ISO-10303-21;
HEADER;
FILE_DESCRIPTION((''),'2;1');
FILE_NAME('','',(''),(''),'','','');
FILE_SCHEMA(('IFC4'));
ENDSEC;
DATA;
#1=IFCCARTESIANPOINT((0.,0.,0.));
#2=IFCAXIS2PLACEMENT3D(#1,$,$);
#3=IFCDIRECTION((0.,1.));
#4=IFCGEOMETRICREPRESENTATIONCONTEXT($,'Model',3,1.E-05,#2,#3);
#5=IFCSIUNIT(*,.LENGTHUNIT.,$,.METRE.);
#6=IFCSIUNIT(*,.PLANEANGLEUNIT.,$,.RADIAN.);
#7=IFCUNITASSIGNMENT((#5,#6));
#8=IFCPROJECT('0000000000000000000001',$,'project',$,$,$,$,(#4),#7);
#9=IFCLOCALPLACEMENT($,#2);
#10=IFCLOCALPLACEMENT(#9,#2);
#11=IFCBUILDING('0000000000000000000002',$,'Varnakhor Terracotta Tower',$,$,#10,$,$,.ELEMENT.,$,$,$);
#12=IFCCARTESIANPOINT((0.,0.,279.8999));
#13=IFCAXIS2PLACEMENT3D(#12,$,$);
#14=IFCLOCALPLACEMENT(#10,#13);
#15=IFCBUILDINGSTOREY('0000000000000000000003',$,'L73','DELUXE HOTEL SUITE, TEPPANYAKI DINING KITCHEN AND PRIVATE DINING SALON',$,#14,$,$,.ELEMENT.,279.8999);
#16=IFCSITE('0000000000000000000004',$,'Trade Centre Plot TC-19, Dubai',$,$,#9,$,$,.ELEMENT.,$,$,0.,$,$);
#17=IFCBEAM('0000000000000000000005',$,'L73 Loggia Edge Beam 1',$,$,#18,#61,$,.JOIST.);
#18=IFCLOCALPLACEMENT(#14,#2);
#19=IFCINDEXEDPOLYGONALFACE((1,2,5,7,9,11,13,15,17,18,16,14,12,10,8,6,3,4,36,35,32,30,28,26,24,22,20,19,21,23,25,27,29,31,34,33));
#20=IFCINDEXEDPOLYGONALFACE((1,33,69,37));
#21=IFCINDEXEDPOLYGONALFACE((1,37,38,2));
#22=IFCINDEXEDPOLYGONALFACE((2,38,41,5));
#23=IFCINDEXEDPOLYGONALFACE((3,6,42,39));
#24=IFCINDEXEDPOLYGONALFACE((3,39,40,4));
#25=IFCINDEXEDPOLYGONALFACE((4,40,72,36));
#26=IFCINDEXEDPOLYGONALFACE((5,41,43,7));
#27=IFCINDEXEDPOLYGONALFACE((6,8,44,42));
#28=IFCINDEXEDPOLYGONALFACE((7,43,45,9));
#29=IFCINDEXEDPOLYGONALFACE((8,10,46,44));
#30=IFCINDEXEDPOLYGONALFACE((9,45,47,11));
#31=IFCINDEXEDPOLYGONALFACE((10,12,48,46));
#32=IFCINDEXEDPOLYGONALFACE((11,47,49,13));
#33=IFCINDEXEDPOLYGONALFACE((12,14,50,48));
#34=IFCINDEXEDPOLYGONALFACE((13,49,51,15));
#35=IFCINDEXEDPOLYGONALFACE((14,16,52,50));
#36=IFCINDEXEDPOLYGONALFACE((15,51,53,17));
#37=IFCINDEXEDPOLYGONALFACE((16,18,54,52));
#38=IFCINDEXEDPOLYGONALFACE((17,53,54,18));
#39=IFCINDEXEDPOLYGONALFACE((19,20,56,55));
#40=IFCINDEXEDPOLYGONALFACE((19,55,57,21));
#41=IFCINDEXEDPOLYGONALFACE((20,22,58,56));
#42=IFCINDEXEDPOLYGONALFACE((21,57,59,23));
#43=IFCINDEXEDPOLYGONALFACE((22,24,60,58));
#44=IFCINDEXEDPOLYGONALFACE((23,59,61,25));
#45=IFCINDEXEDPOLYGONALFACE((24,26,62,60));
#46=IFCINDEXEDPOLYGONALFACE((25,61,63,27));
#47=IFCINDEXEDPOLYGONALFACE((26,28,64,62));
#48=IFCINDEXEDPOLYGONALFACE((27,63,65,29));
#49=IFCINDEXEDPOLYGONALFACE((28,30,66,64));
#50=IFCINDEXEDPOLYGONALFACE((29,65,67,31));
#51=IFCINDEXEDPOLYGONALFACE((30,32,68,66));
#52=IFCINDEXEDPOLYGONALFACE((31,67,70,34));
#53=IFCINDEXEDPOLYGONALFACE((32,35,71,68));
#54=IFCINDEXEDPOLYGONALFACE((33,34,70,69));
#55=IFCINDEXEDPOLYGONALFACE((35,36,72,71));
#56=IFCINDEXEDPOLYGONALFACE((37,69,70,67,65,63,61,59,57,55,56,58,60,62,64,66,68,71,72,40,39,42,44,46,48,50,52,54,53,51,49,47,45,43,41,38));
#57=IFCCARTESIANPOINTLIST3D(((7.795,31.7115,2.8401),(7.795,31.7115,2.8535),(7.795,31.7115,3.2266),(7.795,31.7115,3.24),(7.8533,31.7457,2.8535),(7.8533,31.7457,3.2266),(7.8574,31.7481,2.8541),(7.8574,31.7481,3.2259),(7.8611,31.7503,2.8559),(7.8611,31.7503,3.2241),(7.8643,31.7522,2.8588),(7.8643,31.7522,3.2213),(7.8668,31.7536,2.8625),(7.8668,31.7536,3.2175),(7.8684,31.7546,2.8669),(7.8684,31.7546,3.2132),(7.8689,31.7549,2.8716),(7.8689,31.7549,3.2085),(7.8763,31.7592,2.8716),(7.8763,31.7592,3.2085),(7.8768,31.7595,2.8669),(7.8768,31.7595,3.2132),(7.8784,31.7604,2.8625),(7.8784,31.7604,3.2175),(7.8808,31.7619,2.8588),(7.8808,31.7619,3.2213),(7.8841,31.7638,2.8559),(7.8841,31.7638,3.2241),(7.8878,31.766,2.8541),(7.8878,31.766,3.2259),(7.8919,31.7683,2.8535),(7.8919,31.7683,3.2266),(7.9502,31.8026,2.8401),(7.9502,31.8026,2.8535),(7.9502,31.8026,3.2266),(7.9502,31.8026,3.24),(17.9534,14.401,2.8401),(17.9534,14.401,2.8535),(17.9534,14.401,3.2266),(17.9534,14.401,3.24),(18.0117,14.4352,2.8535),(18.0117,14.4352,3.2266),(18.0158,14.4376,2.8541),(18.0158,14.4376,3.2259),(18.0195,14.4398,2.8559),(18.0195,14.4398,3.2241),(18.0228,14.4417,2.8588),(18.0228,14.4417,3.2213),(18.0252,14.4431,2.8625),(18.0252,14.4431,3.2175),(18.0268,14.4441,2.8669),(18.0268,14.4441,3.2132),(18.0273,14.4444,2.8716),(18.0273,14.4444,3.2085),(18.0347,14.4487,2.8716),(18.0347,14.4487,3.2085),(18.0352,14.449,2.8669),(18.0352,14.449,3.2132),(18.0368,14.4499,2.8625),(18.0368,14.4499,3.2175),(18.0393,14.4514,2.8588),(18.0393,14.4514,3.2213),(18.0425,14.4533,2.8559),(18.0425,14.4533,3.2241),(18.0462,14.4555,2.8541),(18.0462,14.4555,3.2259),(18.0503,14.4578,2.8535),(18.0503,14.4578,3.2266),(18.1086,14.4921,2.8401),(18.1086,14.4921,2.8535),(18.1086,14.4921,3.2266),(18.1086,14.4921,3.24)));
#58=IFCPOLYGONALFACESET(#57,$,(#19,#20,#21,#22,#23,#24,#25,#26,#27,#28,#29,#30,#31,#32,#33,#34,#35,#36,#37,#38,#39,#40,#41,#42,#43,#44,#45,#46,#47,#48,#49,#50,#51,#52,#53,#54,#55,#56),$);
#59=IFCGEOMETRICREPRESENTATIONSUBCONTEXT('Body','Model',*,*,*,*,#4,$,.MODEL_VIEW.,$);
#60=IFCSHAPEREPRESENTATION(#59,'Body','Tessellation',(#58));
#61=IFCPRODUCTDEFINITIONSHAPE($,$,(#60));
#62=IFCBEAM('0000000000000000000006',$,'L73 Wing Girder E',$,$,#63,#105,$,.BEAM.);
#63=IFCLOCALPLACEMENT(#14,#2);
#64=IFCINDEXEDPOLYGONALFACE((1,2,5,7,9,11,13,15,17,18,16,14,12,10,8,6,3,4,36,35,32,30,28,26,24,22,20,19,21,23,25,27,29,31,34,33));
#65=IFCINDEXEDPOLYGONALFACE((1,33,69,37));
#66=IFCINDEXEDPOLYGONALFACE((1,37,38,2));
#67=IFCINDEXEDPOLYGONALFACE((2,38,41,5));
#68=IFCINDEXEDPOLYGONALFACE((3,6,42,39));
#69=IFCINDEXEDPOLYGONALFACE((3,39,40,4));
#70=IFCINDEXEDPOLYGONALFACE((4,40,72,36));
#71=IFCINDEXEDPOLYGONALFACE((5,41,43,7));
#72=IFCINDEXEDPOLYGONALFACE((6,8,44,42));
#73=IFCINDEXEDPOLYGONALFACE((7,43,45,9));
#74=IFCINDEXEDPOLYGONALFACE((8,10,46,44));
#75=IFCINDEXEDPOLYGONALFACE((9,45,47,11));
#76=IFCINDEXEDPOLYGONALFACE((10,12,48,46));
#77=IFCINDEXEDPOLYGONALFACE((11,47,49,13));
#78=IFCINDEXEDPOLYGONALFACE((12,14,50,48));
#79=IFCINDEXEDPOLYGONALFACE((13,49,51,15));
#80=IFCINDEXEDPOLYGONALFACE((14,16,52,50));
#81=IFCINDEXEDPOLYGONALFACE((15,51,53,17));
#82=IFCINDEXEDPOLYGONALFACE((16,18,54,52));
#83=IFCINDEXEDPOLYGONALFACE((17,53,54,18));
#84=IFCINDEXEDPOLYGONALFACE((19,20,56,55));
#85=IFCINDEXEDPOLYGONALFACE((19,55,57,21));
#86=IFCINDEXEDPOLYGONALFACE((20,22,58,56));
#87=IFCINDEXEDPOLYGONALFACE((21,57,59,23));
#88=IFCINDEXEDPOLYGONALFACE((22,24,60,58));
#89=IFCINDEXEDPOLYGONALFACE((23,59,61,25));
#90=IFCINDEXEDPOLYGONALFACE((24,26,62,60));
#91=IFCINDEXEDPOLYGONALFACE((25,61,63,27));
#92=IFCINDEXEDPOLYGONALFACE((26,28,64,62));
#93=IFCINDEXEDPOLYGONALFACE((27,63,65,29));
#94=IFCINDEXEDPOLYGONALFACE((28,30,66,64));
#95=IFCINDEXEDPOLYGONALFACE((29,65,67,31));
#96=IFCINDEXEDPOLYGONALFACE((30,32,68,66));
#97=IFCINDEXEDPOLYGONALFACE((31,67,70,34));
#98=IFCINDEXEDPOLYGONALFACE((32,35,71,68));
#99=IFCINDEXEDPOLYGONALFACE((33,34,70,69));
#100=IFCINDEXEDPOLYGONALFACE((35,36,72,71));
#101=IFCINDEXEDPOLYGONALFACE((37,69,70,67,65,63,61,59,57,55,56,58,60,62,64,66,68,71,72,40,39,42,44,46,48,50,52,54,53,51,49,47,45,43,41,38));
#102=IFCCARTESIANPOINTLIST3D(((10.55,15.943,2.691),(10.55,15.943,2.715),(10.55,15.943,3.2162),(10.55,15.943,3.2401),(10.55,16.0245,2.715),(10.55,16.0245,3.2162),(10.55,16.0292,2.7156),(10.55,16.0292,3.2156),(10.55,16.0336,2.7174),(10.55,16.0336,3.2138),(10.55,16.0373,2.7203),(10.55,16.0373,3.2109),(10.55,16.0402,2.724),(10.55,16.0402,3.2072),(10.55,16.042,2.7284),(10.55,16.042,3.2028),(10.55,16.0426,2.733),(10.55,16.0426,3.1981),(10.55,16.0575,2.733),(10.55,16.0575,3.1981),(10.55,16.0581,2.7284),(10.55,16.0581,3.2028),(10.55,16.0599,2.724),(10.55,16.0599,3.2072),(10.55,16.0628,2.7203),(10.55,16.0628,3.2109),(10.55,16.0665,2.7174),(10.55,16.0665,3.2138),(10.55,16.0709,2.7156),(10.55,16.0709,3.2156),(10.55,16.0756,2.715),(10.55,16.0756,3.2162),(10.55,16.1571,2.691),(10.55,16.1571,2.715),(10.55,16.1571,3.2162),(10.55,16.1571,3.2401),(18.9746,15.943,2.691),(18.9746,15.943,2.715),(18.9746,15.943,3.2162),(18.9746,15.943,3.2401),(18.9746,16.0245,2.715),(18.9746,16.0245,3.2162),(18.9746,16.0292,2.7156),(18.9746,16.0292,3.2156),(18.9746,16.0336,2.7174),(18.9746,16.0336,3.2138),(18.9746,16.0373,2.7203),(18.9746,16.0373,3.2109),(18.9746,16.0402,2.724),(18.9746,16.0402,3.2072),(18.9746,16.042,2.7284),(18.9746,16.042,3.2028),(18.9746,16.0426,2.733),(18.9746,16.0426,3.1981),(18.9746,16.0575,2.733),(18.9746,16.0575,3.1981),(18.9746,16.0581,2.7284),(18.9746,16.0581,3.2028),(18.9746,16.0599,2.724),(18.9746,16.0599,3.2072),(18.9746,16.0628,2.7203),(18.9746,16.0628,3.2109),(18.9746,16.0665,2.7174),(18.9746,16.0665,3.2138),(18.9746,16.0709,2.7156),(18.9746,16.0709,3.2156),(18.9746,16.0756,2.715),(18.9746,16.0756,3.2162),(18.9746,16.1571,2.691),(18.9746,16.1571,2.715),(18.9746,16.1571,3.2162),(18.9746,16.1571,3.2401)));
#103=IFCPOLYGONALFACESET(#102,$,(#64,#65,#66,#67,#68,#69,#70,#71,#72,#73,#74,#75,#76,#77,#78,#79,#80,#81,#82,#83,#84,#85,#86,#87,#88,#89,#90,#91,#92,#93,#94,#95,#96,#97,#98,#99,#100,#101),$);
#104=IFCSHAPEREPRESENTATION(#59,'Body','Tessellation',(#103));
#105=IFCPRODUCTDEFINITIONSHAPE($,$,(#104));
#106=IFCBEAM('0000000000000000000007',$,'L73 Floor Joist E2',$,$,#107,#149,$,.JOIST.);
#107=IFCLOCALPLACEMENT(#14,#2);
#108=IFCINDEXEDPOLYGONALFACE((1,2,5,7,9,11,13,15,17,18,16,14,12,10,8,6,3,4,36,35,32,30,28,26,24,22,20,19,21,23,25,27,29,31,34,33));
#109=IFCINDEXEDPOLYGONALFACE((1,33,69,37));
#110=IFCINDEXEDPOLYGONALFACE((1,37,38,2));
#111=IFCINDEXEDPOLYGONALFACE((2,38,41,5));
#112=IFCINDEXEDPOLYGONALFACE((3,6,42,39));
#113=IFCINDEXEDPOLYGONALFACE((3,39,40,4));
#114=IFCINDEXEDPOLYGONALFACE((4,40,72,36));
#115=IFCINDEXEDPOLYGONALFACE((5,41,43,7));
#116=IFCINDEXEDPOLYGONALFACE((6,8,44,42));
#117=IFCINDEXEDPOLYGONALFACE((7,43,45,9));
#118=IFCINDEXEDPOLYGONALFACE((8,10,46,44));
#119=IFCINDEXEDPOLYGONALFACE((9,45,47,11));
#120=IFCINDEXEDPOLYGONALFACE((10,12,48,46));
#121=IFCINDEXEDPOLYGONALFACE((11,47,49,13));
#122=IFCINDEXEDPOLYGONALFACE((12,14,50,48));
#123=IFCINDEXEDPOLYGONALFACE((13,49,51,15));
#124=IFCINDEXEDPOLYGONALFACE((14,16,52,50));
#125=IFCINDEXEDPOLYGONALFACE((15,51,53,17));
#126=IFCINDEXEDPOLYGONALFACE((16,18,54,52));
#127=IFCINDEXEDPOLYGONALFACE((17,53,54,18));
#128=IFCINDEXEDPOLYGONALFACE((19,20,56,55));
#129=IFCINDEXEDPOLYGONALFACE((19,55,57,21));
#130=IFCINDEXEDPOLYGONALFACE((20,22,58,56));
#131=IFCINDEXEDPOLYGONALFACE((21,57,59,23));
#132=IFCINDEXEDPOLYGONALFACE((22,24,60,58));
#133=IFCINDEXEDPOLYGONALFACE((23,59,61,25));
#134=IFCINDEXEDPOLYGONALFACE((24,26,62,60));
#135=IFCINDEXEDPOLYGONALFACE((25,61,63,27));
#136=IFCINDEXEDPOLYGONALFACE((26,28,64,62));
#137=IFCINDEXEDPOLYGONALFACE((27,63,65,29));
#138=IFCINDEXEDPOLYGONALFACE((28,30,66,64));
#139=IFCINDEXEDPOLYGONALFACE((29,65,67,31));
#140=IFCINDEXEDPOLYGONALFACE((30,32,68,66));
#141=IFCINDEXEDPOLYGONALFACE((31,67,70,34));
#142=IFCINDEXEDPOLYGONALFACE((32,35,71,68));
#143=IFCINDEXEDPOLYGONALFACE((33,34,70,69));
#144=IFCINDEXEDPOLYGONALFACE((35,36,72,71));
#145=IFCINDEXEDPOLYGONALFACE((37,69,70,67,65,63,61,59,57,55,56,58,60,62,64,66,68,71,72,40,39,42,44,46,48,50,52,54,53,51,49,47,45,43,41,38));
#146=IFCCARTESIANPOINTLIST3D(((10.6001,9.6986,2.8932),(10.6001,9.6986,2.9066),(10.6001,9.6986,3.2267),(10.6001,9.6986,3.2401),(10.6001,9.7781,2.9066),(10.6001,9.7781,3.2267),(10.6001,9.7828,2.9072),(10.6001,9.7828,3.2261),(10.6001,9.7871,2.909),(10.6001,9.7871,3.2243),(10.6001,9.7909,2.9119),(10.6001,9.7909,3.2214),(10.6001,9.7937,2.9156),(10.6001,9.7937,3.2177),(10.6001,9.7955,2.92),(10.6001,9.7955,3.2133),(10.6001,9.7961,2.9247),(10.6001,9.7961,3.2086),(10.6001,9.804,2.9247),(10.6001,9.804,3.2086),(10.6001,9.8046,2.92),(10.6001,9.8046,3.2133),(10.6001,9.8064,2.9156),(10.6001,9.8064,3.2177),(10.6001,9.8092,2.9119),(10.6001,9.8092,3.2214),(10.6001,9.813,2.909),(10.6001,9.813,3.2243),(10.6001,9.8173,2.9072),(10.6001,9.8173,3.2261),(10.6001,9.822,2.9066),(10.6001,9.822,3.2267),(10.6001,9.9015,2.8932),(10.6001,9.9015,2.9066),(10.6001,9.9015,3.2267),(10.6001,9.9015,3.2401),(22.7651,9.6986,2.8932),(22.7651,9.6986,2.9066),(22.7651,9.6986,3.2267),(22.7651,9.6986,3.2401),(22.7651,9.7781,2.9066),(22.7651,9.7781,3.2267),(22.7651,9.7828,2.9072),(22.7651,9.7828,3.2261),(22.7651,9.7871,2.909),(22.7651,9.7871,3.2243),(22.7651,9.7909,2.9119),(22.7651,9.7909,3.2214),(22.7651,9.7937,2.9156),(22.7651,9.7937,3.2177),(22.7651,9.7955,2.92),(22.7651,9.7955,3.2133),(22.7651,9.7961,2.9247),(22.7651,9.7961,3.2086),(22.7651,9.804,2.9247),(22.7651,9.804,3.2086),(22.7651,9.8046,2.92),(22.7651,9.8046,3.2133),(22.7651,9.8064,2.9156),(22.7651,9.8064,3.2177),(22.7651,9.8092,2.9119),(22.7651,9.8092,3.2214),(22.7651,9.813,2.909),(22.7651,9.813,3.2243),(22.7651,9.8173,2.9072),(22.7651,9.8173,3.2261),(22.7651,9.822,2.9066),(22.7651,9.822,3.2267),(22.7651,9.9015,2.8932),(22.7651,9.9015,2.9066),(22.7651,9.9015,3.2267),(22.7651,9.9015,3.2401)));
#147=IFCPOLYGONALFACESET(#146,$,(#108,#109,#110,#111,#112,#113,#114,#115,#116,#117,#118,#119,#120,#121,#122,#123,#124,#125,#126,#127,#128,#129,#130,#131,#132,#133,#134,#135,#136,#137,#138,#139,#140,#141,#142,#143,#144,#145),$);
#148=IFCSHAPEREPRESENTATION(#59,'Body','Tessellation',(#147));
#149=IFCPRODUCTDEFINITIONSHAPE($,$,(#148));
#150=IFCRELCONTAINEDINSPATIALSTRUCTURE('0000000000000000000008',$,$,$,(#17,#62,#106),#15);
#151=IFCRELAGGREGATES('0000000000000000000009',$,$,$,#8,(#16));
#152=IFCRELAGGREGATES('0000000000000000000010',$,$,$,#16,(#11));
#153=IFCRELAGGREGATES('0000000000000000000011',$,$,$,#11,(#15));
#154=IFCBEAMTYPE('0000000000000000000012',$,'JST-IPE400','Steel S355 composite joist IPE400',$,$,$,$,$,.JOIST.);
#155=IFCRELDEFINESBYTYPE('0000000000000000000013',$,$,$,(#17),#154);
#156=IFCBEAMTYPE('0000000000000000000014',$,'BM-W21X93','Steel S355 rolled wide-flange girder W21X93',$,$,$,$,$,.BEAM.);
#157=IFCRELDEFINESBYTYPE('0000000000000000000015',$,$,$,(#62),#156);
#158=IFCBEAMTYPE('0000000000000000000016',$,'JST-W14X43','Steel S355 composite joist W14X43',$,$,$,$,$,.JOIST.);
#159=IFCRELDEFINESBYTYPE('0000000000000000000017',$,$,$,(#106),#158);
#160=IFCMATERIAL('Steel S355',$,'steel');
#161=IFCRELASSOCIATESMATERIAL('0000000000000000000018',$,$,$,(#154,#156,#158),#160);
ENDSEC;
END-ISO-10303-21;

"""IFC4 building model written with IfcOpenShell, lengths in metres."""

from ifc_helpers import new_model, si_unit, direction, frame, origin, origin_2d, place, context, subcontext, project, spatial, i_section, extrude, source, transform, mapped, material, material_profile, profile_set, type_object, element, save


model = new_model("IFC4")

# Units and contexts
model_context = context("Model", 3, precision=1e-05, world=origin(), true_north=direction((0.0, 1.0)))
body_context = subcontext(model_context, "Body", "Model", "MODEL_VIEW")
ifc_project = project(units=[si_unit("LENGTHUNIT", "METRE"), si_unit("PLANEANGLEUNIT", "RADIAN")], contexts=[model_context])

# Site, building, storey
site_placement = place(None, origin())
site = spatial("IfcSite", under=ifc_project, at=site_placement, Name="Trade Centre Plot TC-19, Dubai", CompositionType="ELEMENT", RefElevation=0.0)
building_placement = place(site_placement, origin())
building = spatial("IfcBuilding", under=site, at=building_placement, Name="Varnakhor Terracotta Tower", CompositionType="ELEMENT")
storey_placement = place(building_placement, frame((0.0, 0.0, 279.8999)))
storey = spatial("IfcBuildingStorey", under=building, at=storey_placement, Name="L73", Description="DELUXE HOTEL SUITE, TEPPANYAKI DINING KITCHEN AND PRIVATE DINING SALON", CompositionType="ELEMENT", Elevation=279.8999)

# Beams
ifc_material_1 = material(Name="Steel S355", Category="steel")
ifc_material_profile_1 = material_profile(ifc_material_1, i_section(OverallWidth=0.1799, OverallDepth=0.3999, WebThickness=0.0085, FlangeThickness=0.0134, FilletRadius=0.0181, at=origin_2d()), Name="IPE400")
ifc_profile_set_1 = profile_set([ifc_material_profile_1], Name="Steel S355")
beam_type_1 = type_object("IfcBeamType", Name="JST-IPE400", Description="Steel S355 composite joist IPE400", PredefinedType="JOIST", material=ifc_profile_set_1)
shared_shape_1 = source(origin(), body_context, "Body", "SweptSolid", [
    extrude(i_section(OverallWidth=0.1799, OverallDepth=0.3999, WebThickness=0.0085, FlangeThickness=0.0134, FilletRadius=0.0181, at=origin_2d()), origin(), (0.0, 0.0, 1.0), 20.071),
])
beam_1_placement = place(storey_placement, frame((18.031, 14.4465, 3.04), z_axis=(-0.506123, 0.862461, 0.0), x_axis=(-0.862461, -0.506123, 0.0)))
element("IfcBeam", 1, at=beam_1_placement, inside=storey, type_object=beam_type_1, Name="L73 Loggia Edge Beam 1", PredefinedType="JOIST", context=body_context, shape_type="MappedRepresentation", body=[
    mapped(shared_shape_1, transform((0.0, 0.0, 0.0), scale=1.0)),
])
ifc_material_profile_2 = material_profile(ifc_material_1, i_section(OverallWidth=0.2141, OverallDepth=0.5491, WebThickness=0.0149, FlangeThickness=0.0239, FilletRadius=0.0181, at=origin_2d()), Name="W21X93")
ifc_profile_set_2 = profile_set([ifc_material_profile_2], Name="Steel S355")
beam_type_2 = type_object("IfcBeamType", Name="BM-W21X93", Description="Steel S355 rolled wide-flange girder W21X93", PredefinedType="BEAM", material=ifc_profile_set_2)
shared_shape_2 = source(origin(), body_context, "Body", "SweptSolid", [
    extrude(i_section(OverallWidth=0.2141, OverallDepth=0.5491, WebThickness=0.0149, FlangeThickness=0.0239, FilletRadius=0.0181, at=origin_2d()), origin(), (0.0, 0.0, 1.0), 8.4246),
])
beam_2_placement = place(storey_placement, frame((10.55, 16.05, 2.9656), z_axis=(1.0, 0.0, 0.0), x_axis=(0.0, 1.0, 0.0)))
element("IfcBeam", 2, at=beam_2_placement, inside=storey, type_object=beam_type_2, Name="L73 Wing Girder E", PredefinedType="BEAM", context=body_context, shape_type="MappedRepresentation", body=[
    mapped(shared_shape_2, transform((0.0, 0.0, 0.0), scale=1.0)),
])
ifc_material_profile_3 = material_profile(ifc_material_1, i_section(OverallWidth=0.2029, OverallDepth=0.3469, WebThickness=0.0078, FlangeThickness=0.0134, FilletRadius=0.0181, at=origin_2d()), Name="W14X43")
ifc_profile_set_3 = profile_set([ifc_material_profile_3], Name="Steel S355")
beam_type_3 = type_object("IfcBeamType", Name="JST-W14X43", Description="Steel S355 composite joist W14X43", PredefinedType="JOIST", material=ifc_profile_set_3)
shared_shape_3 = source(origin(), body_context, "Body", "SweptSolid", [
    extrude(i_section(OverallWidth=0.2029, OverallDepth=0.3469, WebThickness=0.0078, FlangeThickness=0.0134, FilletRadius=0.0181, at=origin_2d()), origin(), (0.0, 0.0, 1.0), 12.165),
])
beam_3_placement = place(storey_placement, frame((10.6001, 9.8, 3.0667), z_axis=(1.0, 0.0, 0.0), x_axis=(0.0, 1.0, 0.0)))
element("IfcBeam", 3, at=beam_3_placement, inside=storey, type_object=beam_type_3, Name="L73 Floor Joist E2", PredefinedType="JOIST", context=body_context, shape_type="MappedRepresentation", body=[
    mapped(shared_shape_3, transform((0.0, 0.0, 0.0), scale=1.0)),
])

save(model, "model.ifc")
